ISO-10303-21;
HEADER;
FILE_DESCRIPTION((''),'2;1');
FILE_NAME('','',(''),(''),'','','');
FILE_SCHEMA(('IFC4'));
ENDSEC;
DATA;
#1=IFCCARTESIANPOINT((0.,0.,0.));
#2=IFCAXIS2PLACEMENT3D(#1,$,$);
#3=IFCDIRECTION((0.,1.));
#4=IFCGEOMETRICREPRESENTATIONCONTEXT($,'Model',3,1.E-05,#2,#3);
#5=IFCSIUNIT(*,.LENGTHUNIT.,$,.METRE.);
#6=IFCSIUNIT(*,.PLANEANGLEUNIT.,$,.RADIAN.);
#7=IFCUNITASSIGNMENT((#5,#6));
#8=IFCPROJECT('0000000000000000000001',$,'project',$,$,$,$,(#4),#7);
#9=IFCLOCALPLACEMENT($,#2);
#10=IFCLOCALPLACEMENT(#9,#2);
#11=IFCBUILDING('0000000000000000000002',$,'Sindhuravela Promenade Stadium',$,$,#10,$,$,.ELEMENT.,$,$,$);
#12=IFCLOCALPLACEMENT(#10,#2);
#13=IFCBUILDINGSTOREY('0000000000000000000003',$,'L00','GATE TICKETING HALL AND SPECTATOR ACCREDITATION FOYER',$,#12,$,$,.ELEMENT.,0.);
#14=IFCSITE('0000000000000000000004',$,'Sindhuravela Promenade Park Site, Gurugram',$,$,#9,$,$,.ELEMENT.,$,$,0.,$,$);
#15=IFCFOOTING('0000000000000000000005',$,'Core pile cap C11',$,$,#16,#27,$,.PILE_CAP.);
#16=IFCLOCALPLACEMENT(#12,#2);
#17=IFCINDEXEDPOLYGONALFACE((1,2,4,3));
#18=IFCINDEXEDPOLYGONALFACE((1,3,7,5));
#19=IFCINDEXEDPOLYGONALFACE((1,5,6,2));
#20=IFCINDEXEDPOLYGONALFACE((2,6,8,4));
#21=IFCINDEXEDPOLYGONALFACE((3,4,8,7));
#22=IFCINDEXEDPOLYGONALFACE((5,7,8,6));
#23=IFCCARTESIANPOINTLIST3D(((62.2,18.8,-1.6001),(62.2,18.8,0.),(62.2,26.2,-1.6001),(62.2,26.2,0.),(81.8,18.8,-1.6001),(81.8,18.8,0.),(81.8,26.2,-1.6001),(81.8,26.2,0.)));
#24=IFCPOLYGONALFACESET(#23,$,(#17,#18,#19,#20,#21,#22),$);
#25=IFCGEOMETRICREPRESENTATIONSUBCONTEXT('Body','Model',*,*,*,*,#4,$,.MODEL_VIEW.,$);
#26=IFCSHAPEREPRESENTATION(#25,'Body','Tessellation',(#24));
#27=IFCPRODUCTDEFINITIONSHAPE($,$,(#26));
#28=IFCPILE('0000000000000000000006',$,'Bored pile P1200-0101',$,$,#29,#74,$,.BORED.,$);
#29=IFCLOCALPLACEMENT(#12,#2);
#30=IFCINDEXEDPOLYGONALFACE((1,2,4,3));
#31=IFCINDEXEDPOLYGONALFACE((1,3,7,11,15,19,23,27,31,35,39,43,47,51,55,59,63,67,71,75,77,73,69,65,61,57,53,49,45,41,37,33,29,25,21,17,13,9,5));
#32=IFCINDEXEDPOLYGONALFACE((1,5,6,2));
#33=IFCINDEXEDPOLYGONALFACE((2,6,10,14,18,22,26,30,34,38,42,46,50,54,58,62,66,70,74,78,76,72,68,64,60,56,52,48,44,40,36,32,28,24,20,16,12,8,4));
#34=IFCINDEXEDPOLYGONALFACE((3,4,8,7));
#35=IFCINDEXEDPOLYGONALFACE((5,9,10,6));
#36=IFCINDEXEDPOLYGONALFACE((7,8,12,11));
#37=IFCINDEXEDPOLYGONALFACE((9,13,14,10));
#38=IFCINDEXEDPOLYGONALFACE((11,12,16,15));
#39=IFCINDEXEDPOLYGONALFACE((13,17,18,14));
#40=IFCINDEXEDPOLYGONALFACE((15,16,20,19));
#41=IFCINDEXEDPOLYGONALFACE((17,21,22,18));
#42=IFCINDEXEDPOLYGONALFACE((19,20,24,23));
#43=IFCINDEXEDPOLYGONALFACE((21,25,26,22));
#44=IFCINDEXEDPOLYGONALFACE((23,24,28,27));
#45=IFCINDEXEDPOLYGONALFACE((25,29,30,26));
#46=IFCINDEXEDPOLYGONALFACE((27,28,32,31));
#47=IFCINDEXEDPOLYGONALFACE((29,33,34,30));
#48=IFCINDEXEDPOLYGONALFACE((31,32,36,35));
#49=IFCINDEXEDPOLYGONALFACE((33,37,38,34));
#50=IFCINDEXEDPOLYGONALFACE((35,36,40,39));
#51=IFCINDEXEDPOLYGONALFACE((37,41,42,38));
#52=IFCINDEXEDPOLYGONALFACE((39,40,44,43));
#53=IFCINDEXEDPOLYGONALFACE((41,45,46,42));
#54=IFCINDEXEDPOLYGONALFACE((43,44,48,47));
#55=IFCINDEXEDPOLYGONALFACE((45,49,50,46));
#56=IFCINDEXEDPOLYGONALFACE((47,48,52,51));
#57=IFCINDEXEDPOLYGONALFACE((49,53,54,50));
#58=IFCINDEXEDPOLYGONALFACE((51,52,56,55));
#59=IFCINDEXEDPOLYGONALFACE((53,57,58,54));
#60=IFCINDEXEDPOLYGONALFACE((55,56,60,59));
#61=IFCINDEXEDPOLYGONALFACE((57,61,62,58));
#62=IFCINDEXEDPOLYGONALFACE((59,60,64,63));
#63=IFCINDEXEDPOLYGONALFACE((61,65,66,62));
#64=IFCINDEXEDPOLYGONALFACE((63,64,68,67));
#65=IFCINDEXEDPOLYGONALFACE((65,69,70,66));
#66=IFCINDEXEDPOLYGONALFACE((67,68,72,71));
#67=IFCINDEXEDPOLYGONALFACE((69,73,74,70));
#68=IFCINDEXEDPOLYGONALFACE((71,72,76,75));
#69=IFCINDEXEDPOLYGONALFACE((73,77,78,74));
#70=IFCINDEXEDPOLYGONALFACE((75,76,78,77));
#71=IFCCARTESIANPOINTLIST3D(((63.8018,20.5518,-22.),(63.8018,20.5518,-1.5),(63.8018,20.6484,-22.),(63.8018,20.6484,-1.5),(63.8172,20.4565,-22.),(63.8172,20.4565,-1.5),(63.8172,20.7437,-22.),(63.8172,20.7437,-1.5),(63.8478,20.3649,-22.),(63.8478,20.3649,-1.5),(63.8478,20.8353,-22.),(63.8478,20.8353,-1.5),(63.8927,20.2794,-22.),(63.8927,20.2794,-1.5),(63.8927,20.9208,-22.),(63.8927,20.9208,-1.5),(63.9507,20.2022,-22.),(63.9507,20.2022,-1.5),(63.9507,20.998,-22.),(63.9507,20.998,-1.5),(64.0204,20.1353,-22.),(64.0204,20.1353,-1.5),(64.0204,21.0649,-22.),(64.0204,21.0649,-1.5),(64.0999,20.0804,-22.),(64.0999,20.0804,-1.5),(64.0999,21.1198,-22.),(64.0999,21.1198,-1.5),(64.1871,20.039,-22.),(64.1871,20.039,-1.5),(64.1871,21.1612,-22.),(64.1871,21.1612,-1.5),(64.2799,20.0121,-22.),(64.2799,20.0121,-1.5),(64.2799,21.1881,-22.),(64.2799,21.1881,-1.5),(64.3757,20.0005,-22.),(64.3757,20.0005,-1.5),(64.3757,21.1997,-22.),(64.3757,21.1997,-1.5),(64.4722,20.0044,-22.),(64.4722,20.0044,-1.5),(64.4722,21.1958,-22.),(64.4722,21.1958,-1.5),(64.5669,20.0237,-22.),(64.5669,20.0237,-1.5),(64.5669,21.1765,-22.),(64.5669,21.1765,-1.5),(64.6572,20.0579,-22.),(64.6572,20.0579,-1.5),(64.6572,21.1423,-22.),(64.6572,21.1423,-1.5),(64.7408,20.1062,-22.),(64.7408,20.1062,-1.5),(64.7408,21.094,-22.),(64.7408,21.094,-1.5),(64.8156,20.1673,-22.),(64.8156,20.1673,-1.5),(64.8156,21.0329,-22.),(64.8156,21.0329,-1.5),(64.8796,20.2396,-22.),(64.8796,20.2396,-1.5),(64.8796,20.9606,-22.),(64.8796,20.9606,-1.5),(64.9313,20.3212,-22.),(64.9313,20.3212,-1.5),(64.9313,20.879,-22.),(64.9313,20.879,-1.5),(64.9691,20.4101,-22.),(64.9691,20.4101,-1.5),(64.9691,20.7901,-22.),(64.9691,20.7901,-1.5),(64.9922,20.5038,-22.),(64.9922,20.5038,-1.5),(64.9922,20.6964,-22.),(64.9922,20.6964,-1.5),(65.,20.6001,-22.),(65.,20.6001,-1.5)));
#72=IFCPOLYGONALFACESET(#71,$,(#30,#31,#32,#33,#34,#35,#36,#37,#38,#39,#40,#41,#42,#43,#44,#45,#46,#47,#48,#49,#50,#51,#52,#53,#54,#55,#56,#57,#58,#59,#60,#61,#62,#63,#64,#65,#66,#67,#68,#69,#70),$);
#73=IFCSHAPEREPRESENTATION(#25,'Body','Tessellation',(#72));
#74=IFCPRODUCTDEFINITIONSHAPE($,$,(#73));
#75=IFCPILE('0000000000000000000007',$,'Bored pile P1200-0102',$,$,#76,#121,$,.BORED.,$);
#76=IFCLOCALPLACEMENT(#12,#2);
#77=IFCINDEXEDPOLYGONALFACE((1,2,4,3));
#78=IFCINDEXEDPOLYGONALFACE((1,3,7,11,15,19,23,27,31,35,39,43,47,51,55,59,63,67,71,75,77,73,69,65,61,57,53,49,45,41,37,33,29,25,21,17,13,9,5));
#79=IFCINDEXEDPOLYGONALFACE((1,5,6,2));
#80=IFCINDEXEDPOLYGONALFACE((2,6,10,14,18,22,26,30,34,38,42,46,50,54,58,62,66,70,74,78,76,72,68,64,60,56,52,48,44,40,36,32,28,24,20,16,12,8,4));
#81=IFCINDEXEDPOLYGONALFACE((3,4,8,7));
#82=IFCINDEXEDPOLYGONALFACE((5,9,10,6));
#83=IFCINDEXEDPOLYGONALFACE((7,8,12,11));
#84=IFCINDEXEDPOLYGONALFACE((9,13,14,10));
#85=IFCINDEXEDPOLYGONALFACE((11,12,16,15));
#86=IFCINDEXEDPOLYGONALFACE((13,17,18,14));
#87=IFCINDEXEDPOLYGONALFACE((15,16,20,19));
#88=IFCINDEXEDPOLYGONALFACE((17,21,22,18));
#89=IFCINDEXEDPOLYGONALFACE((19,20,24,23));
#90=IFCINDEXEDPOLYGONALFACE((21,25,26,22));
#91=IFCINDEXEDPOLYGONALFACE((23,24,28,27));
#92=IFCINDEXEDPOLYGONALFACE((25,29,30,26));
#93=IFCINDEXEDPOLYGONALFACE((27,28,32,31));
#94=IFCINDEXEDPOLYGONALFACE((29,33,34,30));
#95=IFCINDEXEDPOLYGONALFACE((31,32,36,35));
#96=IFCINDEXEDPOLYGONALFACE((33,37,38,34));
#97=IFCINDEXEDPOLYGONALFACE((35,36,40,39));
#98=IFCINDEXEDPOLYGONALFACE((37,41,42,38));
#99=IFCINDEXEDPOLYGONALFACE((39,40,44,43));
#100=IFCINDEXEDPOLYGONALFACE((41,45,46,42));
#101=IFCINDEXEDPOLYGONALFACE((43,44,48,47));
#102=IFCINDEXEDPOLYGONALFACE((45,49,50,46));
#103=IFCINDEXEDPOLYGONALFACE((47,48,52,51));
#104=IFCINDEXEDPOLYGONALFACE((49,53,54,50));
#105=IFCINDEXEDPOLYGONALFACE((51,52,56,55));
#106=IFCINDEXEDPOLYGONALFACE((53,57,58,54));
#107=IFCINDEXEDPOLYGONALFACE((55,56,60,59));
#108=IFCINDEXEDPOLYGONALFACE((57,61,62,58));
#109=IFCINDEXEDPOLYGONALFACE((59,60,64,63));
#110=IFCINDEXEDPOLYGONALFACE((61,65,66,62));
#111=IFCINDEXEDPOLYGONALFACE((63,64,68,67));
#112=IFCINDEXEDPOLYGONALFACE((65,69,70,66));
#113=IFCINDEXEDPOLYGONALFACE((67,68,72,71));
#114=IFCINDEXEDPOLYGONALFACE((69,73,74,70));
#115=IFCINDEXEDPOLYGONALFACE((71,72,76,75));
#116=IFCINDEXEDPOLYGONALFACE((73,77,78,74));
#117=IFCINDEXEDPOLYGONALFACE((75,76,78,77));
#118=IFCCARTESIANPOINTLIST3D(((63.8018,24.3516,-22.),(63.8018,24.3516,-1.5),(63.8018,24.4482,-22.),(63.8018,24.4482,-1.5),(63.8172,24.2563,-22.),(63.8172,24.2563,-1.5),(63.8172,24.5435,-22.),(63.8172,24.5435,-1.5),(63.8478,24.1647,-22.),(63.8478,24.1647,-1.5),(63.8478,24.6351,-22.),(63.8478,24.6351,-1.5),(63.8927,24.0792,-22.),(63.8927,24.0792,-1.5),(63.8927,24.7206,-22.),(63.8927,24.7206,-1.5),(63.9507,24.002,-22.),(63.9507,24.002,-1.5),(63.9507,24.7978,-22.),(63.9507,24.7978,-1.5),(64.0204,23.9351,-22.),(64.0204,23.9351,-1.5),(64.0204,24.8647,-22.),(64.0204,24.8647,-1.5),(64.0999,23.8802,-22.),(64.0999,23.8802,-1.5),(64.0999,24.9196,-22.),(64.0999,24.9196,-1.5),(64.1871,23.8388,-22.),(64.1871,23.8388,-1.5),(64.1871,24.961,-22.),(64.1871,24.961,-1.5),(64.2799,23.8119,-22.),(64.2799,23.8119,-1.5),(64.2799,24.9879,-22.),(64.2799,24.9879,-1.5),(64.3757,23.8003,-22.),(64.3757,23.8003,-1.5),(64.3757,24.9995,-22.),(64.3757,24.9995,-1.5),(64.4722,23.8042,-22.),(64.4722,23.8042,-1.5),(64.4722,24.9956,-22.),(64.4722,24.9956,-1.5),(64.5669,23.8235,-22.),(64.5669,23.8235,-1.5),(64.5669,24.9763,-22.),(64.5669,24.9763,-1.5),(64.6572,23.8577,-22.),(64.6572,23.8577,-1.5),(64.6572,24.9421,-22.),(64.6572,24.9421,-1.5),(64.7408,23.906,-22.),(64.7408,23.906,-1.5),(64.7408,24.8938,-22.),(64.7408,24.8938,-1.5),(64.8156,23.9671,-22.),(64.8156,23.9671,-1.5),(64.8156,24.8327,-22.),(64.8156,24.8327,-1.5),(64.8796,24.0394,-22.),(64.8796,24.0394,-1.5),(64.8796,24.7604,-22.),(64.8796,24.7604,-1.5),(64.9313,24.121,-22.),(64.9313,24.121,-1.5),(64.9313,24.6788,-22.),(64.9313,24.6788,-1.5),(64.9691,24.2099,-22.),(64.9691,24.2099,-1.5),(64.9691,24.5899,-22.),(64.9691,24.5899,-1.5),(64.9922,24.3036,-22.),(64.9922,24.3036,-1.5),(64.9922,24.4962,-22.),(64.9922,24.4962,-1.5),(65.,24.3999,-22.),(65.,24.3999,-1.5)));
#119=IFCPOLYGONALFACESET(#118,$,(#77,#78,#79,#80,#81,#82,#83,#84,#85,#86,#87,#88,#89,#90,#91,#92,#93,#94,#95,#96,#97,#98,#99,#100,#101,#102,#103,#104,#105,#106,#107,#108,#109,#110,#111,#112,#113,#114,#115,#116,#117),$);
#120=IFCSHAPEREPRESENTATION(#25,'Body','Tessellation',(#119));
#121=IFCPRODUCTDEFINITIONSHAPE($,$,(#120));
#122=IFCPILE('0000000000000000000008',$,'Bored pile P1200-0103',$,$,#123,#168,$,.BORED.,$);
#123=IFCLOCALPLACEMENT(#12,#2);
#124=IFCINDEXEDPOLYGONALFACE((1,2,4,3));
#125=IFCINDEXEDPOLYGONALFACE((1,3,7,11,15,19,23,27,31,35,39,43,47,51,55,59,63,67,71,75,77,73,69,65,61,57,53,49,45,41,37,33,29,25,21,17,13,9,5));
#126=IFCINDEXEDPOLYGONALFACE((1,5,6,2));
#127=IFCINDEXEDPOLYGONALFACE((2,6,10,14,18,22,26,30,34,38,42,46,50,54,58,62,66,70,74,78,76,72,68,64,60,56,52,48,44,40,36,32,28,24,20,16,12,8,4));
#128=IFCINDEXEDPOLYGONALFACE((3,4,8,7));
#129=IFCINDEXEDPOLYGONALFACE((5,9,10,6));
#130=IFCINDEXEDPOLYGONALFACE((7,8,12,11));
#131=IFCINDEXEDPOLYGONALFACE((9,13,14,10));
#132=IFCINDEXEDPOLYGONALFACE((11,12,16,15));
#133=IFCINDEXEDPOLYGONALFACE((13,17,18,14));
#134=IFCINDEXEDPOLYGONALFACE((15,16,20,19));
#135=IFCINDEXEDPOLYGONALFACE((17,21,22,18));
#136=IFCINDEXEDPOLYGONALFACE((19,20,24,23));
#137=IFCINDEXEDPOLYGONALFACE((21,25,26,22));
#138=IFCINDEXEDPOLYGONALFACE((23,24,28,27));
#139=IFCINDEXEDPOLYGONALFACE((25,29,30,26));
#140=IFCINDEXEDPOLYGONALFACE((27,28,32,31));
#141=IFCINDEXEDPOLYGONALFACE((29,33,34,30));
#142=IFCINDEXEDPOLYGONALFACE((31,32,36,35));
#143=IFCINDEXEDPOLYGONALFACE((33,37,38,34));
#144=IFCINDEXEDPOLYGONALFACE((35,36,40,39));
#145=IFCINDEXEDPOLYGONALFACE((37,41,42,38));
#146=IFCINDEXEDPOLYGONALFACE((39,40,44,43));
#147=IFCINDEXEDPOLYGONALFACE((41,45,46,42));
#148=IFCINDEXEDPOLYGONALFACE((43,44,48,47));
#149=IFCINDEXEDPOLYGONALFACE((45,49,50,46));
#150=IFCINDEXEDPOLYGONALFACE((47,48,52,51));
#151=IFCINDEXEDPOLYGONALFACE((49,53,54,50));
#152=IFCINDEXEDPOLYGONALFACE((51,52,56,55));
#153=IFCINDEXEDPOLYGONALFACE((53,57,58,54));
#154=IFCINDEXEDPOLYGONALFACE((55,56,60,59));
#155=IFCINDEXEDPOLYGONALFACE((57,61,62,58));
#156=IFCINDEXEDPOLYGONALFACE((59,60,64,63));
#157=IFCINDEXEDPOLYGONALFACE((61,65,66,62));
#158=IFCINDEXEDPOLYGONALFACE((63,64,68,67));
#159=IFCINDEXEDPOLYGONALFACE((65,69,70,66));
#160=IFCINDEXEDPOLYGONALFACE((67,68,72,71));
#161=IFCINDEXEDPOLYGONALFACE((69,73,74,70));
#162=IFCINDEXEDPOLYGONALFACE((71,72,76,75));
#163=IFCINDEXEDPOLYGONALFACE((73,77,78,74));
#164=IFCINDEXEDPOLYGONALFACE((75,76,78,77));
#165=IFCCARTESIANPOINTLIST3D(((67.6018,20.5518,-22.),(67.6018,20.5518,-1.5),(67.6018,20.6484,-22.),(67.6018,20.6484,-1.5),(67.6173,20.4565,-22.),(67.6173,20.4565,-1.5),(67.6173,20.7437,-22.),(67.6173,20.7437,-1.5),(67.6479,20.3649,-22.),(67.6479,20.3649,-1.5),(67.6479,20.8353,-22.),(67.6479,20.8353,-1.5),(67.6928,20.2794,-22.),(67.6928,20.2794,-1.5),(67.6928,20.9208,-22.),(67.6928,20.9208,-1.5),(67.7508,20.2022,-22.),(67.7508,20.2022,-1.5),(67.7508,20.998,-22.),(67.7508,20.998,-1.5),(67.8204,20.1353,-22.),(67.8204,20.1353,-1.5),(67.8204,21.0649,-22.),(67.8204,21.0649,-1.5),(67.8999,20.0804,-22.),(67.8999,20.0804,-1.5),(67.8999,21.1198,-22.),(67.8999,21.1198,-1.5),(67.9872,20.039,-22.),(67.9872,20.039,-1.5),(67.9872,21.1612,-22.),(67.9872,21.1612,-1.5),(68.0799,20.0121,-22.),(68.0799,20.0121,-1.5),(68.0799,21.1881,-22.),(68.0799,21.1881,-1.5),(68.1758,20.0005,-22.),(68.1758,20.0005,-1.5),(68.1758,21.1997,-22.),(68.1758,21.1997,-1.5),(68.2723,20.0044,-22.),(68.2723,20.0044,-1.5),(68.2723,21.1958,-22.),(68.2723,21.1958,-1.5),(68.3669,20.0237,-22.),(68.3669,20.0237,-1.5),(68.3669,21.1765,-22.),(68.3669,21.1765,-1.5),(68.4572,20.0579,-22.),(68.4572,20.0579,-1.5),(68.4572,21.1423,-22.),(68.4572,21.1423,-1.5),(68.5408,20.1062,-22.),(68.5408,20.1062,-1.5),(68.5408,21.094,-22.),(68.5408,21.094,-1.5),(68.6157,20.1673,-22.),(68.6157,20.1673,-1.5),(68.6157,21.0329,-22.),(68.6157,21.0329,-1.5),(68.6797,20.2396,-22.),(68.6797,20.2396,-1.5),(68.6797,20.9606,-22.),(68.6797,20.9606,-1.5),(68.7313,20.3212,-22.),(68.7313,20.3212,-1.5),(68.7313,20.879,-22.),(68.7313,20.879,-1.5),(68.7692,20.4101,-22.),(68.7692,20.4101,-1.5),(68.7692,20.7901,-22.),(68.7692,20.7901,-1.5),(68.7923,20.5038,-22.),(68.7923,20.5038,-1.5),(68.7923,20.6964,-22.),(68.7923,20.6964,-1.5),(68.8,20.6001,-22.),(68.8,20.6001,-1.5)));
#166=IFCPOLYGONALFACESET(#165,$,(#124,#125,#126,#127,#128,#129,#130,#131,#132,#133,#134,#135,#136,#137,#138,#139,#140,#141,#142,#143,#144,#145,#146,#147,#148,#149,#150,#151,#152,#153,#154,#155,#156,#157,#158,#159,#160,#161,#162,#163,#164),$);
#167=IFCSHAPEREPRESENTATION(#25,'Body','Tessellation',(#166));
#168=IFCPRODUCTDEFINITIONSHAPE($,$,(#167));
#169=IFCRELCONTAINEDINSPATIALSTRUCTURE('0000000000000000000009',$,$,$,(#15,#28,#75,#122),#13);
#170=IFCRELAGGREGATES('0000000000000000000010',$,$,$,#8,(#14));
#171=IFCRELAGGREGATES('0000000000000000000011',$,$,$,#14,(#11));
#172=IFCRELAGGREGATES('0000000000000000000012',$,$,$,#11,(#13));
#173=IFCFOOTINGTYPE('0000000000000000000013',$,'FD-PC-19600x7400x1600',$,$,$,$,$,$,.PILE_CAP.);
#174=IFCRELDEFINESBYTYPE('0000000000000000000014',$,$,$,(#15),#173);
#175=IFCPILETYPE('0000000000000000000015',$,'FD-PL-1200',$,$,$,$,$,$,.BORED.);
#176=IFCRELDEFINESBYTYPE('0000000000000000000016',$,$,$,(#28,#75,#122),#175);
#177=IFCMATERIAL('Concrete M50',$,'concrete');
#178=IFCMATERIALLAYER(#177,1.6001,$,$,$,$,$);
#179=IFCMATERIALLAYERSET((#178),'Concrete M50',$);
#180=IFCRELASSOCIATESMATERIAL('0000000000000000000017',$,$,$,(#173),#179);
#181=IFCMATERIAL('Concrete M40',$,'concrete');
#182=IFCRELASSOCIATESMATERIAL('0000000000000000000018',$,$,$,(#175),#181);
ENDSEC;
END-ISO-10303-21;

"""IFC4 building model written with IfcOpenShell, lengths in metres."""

from ifc_helpers import new_model, si_unit, direction, frame, origin, origin_2d, place, context, subcontext, project, spatial, rectangle, circle, extrude, material, layer, layer_set, material_profile, profile_set, type_object, element, save


model = new_model("IFC4")

# Units and contexts
model_context = context("Model", 3, precision=1e-05, world=origin(), true_north=direction((0.0, 1.0)))
body_context = subcontext(model_context, "Body", "Model", "MODEL_VIEW")
ifc_project = project(units=[si_unit("LENGTHUNIT", "METRE"), si_unit("PLANEANGLEUNIT", "RADIAN")], contexts=[model_context])

# Site, building, storey
site_placement = place(None, origin())
site = spatial("IfcSite", under=ifc_project, at=site_placement, Name="Sindhuravela Promenade Park Site, Gurugram", CompositionType="ELEMENT", RefElevation=0.0)
building_placement = place(site_placement, origin())
building = spatial("IfcBuilding", under=site, at=building_placement, Name="Sindhuravela Promenade Stadium", CompositionType="ELEMENT")
storey_placement = place(building_placement, origin())
storey = spatial("IfcBuildingStorey", under=building, at=storey_placement, Name="L00", Description="GATE TICKETING HALL AND SPECTATOR ACCREDITATION FOYER", CompositionType="ELEMENT", Elevation=0.0)

# Footing
ifc_material_1 = material(Name="Concrete M50", Category="concrete")
ifc_layer_1 = layer(ifc_material_1, 1.6001)
ifc_layer_set_1 = layer_set([ifc_layer_1], Name="Concrete M50")
footing_type = type_object("IfcFootingType", Name="FD-PC-19600x7400x1600", PredefinedType="PILE_CAP", material=ifc_layer_set_1)
footing_placement = place(storey_placement, frame((72.0, 22.5, -1.6001), z_axis=(0.0, 0.0, 1.0), x_axis=(1.0, 0.0, 0.0)))
element("IfcFooting", 1, at=footing_placement, inside=storey, type_object=footing_type, Name="Core pile cap C11", PredefinedType="PILE_CAP", context=body_context, shape_type="SweptSolid", body=[
    extrude(rectangle(XDim=19.6001, YDim=7.3999, at=origin_2d()), origin(), (0.0, 0.0, 1.0), 1.6001),
])

# Piles
ifc_material_2 = material(Name="Concrete M40", Category="concrete")
ifc_material_profile_1 = material_profile(ifc_material_2, circle(Radius=0.6001, at=origin_2d()), Name="BORED PILE D1200")
ifc_profile_set_1 = profile_set([ifc_material_profile_1], Name="Concrete M40")
pile_type = type_object("IfcPileType", Name="FD-PL-1200", PredefinedType="BORED", material=ifc_profile_set_1)
for number, where, z_axis, x_axis, name in (
    (2, (64.3999, 20.6001, -1.5), (0.0, 0.0, -1.0), (1.0, 0.0, 0.0), "Bored pile P1200-0101"),
    (3, (64.3999, 24.3999, -1.5), (0.0, 0.0, -1.0), (1.0, 0.0, 0.0), "Bored pile P1200-0102"),
    (4, (68.2, 20.6001, -1.5), (0.0, 0.0, -1.0), (1.0, 0.0, 0.0), "Bored pile P1200-0103"),
):
    element("IfcPile", number, at=place(storey_placement, frame(where, z_axis=z_axis, x_axis=x_axis)), inside=storey, type_object=pile_type, Name=name, PredefinedType="BORED", context=body_context, shape_type="SweptSolid", body=[
        extrude(circle(Radius=0.6001, at=origin_2d()), origin(), (0.0, 0.0, 1.0), 20.5),
    ])

save(model, "model.ifc")
